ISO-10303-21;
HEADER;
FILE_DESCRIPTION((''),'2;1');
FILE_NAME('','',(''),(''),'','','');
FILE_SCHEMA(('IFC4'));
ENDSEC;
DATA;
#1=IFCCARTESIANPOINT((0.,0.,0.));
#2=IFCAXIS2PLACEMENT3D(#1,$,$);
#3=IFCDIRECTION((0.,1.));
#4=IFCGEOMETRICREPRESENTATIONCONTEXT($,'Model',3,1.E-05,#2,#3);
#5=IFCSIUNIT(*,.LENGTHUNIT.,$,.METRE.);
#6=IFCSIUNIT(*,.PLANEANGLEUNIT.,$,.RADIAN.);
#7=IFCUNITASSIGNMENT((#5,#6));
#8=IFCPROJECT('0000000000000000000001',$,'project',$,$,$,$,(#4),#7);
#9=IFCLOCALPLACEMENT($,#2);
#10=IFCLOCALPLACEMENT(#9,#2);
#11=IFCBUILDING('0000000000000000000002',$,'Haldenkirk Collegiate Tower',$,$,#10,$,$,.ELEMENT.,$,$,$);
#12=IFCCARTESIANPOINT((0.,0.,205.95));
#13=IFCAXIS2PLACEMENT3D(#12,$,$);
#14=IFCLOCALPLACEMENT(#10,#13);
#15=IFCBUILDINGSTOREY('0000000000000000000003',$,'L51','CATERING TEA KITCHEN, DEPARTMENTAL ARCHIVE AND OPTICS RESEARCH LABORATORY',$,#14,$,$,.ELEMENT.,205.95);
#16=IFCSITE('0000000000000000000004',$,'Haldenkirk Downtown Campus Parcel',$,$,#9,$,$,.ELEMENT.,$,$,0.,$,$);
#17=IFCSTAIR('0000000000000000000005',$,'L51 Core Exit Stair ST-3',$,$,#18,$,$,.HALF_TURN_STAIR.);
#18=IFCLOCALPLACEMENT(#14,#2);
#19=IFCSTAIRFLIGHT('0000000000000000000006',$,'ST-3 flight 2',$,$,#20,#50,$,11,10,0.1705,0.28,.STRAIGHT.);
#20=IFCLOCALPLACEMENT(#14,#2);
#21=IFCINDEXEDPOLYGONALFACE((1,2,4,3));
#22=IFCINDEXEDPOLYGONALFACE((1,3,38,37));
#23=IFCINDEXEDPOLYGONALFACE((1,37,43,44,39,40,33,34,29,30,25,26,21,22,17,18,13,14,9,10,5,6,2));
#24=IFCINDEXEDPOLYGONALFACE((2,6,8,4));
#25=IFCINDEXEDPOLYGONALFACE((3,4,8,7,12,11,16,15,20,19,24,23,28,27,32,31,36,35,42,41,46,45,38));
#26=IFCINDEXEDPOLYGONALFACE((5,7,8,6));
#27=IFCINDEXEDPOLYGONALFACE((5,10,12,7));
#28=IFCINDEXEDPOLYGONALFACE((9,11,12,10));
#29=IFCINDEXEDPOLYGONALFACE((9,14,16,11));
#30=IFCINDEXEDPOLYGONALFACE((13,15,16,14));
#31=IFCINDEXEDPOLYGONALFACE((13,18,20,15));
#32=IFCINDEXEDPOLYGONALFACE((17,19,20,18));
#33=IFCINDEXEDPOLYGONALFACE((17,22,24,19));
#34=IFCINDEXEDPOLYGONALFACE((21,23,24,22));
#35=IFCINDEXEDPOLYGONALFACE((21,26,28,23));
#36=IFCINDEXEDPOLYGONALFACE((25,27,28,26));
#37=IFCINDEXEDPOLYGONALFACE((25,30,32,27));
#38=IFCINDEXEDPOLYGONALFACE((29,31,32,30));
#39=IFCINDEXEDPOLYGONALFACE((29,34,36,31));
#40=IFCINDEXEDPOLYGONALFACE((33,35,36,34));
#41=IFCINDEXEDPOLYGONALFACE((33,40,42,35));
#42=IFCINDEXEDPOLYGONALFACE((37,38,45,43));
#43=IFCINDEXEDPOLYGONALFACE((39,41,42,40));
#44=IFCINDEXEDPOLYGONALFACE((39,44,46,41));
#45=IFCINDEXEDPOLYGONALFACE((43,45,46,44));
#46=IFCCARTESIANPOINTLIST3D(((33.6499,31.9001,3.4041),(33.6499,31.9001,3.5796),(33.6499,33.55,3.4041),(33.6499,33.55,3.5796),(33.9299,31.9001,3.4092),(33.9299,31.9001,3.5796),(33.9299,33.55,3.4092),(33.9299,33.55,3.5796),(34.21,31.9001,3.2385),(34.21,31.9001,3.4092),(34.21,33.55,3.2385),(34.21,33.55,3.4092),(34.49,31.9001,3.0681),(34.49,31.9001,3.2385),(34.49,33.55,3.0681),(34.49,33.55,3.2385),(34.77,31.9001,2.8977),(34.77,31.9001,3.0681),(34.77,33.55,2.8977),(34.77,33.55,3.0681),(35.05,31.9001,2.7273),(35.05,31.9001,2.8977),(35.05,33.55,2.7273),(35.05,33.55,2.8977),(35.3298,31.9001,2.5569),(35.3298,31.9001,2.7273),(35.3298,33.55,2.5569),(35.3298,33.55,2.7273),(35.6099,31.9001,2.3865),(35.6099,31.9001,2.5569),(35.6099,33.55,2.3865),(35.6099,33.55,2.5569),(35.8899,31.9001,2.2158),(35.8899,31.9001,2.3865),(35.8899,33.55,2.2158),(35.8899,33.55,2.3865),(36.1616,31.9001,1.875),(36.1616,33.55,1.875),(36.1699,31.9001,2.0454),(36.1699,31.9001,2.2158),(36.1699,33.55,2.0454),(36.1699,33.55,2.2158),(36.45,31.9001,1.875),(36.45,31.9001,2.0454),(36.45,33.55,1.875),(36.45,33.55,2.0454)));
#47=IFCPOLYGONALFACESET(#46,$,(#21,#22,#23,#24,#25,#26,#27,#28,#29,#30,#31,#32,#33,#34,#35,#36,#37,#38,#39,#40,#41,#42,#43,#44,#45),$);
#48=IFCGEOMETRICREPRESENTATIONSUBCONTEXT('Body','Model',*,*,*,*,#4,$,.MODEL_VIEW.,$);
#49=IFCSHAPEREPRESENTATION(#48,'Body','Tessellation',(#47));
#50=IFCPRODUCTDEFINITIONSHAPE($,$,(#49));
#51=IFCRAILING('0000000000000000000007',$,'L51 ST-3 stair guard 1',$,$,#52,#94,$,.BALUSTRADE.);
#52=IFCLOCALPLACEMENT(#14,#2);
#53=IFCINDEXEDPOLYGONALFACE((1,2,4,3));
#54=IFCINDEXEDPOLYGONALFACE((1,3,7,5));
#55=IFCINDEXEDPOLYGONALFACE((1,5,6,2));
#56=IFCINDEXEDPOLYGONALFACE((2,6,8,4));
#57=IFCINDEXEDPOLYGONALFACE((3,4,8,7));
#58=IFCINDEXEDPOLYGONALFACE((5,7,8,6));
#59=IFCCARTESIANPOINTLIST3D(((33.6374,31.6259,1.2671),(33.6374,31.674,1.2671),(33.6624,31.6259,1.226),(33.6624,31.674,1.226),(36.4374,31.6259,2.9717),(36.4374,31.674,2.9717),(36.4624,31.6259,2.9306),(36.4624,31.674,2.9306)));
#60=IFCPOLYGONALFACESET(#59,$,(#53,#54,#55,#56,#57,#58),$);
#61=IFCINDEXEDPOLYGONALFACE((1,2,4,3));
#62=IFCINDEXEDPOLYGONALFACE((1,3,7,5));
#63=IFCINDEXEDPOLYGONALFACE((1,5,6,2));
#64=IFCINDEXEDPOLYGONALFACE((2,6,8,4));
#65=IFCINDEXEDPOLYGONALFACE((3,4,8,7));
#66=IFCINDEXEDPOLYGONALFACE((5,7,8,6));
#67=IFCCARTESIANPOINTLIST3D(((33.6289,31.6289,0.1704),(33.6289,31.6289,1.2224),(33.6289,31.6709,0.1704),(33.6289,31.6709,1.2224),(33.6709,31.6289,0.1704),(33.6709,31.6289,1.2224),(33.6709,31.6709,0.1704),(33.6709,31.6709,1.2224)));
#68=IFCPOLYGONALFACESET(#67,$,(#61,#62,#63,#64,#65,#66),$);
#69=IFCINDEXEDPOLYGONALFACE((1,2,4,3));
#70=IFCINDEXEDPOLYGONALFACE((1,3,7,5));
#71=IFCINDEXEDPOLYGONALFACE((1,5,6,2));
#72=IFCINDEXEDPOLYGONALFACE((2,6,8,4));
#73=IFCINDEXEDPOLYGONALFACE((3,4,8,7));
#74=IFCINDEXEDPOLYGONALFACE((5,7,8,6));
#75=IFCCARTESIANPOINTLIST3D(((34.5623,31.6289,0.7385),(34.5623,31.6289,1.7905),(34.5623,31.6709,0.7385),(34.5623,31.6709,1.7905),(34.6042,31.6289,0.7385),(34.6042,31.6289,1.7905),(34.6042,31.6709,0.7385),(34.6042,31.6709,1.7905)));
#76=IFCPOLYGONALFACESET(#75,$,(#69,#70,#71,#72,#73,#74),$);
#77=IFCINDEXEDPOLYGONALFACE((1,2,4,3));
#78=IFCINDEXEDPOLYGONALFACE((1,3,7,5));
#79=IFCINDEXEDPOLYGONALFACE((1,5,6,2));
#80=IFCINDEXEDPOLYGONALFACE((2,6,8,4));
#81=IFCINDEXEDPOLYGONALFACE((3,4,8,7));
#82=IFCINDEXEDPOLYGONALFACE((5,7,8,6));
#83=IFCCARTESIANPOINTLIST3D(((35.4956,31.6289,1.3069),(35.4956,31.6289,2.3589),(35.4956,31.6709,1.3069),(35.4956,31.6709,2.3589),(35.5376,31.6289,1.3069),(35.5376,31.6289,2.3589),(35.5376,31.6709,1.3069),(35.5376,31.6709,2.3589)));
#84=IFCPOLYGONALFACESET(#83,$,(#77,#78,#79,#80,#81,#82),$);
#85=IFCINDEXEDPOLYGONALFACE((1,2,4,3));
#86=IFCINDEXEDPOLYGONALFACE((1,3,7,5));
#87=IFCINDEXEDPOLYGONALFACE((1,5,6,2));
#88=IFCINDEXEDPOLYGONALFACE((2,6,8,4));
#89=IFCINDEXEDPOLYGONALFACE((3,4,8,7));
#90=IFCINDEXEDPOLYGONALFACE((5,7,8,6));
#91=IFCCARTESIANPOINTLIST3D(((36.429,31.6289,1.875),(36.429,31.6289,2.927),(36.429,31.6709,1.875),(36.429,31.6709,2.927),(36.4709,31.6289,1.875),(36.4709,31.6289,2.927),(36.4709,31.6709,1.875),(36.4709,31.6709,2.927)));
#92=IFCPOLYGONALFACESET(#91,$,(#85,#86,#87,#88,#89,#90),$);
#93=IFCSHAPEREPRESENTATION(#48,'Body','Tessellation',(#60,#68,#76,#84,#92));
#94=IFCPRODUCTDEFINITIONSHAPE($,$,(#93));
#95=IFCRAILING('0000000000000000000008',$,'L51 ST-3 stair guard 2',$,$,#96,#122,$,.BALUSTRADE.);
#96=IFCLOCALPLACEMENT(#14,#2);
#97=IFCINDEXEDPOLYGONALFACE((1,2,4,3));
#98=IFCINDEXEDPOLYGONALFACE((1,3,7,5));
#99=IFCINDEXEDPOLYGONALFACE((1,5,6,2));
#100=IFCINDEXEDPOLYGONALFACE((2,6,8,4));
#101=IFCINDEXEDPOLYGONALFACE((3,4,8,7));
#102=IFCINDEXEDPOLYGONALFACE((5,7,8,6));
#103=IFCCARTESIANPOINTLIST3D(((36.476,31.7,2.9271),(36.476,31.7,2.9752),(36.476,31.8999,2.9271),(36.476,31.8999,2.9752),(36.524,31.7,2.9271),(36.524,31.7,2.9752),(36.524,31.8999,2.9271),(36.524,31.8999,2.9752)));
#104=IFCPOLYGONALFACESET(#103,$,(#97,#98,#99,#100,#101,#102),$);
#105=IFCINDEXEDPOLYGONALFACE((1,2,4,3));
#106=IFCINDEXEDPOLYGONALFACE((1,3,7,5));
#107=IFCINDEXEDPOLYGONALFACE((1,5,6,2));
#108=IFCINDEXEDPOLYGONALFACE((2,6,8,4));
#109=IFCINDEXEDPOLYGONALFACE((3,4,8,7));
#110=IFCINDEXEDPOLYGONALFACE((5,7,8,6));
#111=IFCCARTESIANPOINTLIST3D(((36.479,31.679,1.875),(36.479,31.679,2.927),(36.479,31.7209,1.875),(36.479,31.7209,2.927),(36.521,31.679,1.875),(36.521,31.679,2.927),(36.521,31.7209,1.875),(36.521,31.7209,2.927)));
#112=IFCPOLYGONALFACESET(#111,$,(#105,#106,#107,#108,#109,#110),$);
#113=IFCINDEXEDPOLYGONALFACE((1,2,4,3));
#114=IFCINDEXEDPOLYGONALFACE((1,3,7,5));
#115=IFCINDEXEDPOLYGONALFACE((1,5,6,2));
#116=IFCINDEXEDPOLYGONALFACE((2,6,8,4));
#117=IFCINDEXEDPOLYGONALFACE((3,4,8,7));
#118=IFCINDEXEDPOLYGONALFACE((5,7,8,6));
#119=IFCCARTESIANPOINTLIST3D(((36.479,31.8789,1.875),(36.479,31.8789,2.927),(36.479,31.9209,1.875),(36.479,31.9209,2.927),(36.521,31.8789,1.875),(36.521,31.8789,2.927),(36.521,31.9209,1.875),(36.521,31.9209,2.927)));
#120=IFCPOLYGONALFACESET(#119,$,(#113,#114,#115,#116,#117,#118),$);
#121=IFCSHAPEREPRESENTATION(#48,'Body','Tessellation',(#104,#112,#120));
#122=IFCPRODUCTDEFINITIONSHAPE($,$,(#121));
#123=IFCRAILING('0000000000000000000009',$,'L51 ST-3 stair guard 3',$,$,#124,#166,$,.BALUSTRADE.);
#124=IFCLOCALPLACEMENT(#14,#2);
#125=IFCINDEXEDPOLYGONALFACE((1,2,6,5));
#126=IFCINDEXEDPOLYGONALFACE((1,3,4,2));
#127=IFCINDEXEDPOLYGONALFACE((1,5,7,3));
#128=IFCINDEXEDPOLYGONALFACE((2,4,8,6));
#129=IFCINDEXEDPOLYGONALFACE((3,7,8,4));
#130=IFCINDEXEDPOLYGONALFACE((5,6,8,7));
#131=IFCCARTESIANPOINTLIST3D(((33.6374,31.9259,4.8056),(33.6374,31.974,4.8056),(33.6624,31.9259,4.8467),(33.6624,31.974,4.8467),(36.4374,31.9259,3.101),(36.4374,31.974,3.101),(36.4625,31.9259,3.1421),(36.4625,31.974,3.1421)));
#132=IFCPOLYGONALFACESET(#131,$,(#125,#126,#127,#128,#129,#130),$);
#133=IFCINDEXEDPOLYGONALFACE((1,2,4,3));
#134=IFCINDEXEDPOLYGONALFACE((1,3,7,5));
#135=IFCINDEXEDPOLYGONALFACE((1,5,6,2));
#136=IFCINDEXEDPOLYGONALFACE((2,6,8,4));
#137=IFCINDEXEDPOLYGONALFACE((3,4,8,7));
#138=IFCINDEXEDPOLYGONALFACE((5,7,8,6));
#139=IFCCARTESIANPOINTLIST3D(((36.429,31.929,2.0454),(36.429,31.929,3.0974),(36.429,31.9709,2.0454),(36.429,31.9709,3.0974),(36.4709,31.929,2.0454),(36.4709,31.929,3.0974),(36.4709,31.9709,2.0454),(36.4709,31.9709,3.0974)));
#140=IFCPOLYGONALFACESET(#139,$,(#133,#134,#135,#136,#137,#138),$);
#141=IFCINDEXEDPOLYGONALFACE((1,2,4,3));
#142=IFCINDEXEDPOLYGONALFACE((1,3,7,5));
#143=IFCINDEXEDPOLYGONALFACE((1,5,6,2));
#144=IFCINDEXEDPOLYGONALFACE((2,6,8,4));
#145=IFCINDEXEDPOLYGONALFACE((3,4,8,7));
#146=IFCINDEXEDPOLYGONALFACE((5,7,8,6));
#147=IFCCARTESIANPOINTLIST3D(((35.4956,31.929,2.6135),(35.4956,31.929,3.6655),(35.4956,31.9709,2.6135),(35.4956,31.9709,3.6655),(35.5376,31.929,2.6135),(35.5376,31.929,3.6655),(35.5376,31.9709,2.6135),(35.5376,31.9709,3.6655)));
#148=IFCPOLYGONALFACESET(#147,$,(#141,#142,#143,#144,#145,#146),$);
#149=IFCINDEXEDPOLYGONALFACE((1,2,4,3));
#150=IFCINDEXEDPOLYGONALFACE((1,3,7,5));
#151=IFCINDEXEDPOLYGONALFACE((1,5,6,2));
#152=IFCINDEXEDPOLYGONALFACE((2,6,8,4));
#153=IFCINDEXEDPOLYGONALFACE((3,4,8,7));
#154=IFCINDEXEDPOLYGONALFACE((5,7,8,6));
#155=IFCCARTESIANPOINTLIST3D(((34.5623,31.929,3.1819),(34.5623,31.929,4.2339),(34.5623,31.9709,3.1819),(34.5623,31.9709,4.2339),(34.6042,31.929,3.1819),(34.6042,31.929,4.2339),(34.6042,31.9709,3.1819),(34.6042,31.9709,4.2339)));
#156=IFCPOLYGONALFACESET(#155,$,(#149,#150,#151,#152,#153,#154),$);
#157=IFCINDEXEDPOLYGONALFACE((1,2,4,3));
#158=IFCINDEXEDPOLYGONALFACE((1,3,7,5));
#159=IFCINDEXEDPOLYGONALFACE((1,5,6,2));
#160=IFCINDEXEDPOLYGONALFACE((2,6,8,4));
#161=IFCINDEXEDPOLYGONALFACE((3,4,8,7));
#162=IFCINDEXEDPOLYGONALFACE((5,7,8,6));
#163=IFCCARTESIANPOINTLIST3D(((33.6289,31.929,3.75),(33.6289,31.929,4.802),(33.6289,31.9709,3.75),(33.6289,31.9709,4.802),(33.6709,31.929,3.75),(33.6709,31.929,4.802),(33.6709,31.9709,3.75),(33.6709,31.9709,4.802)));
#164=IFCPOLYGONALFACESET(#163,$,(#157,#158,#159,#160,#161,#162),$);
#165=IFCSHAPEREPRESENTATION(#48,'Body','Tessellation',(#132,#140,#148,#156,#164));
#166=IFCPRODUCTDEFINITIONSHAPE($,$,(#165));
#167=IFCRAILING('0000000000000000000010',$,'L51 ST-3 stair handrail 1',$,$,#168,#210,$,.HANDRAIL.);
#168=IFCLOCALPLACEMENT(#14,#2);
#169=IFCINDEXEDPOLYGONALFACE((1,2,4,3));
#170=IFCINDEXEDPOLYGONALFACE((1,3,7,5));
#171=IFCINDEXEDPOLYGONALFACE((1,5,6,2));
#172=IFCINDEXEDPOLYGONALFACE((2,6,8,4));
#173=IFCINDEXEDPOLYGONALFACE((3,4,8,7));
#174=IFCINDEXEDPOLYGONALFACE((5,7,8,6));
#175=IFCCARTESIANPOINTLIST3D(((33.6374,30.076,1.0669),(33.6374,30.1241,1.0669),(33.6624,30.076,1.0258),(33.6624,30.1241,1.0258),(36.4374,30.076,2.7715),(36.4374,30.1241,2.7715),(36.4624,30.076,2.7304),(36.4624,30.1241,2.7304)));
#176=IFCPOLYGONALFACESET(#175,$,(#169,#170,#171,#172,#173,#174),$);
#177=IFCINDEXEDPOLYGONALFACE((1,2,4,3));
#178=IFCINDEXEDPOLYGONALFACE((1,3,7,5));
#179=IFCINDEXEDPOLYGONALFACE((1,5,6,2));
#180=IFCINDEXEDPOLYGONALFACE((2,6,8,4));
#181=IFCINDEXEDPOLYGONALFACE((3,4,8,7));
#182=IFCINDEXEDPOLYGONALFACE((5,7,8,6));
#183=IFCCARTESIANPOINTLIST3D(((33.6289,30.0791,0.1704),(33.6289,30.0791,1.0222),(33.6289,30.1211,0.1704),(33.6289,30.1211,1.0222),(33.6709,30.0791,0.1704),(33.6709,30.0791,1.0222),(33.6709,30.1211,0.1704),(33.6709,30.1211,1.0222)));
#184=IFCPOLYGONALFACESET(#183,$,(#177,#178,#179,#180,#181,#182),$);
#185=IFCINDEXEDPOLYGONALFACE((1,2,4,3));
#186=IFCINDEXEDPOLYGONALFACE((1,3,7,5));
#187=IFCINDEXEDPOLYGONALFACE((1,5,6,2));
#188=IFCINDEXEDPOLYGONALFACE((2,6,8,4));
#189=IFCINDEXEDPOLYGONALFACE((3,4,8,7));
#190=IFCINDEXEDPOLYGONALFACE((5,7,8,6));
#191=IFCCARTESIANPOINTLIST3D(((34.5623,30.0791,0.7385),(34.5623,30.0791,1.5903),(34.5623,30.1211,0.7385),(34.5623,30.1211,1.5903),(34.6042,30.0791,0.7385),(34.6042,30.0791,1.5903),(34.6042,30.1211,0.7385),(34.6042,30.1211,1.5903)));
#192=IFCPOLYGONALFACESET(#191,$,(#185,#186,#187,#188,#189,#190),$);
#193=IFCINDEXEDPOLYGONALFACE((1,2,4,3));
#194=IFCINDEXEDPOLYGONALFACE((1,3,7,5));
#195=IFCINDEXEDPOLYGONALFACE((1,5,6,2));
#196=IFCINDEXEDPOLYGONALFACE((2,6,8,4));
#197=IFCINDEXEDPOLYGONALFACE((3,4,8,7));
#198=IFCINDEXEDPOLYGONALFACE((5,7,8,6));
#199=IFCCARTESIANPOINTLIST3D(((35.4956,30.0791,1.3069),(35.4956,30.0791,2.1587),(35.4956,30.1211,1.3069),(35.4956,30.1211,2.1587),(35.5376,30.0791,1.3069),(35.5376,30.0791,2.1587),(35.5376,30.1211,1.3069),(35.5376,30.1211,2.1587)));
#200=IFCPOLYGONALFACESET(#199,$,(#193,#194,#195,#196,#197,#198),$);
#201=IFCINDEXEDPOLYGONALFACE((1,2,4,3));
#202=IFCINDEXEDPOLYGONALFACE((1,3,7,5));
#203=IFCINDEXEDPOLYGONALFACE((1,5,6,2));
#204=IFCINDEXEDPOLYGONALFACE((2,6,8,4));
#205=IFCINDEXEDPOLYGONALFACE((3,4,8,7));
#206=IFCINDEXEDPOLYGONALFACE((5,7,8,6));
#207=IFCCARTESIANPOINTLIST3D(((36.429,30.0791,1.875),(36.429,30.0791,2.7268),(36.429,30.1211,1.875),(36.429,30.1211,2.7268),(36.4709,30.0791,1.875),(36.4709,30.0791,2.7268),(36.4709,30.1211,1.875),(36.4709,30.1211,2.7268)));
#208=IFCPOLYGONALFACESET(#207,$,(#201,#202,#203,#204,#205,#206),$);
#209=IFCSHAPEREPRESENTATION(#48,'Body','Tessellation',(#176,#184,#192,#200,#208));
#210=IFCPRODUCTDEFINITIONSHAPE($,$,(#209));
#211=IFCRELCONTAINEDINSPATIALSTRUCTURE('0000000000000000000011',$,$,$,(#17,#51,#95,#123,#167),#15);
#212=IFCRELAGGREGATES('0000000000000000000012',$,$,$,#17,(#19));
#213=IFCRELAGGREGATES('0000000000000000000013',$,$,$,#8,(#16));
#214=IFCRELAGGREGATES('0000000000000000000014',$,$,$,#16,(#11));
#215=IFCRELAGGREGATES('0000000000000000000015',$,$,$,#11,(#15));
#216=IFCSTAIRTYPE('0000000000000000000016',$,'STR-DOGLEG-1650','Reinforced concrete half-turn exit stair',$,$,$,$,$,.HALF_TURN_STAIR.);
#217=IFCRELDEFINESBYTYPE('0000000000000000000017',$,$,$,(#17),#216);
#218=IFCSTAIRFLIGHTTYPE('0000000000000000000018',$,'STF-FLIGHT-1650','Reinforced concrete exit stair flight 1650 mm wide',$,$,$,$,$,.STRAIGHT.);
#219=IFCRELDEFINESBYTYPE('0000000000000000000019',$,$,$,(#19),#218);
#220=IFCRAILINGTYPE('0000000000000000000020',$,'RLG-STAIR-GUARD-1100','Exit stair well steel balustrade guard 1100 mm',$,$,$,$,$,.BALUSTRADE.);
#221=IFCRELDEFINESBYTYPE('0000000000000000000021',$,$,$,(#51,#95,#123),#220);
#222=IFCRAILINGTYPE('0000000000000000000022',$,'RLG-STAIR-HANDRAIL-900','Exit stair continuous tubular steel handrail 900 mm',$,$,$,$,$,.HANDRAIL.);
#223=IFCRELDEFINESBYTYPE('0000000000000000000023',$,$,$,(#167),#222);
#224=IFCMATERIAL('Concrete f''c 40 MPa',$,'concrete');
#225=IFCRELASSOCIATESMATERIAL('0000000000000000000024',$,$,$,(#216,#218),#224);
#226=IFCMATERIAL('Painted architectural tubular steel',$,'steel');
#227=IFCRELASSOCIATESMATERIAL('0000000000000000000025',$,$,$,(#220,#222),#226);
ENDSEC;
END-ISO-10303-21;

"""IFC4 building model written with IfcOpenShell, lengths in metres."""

from ifc_helpers import new_model, si_unit, direction, frame, origin, origin_2d, place, context, subcontext, project, spatial, polyline, rectangle, outline, extrude, material, type_object, element, aggregate, save


model = new_model("IFC4")

# Units and contexts
model_context = context("Model", 3, precision=1e-05, world=origin(), true_north=direction((0.0, 1.0)))
body_context = subcontext(model_context, "Body", "Model", "MODEL_VIEW")
ifc_project = project(units=[si_unit("LENGTHUNIT", "METRE"), si_unit("PLANEANGLEUNIT", "RADIAN")], contexts=[model_context])

# Site, building, storey
site_placement = place(None, origin())
site = spatial("IfcSite", under=ifc_project, at=site_placement, Name="Haldenkirk Downtown Campus Parcel", CompositionType="ELEMENT", RefElevation=0.0)
building_placement = place(site_placement, origin())
building = spatial("IfcBuilding", under=site, at=building_placement, Name="Haldenkirk Collegiate Tower", CompositionType="ELEMENT")
storey_placement = place(building_placement, frame((0.0, 0.0, 205.95)))
storey = spatial("IfcBuildingStorey", under=building, at=storey_placement, Name="L51", Description="CATERING TEA KITCHEN, DEPARTMENTAL ARCHIVE AND OPTICS RESEARCH LABORATORY", CompositionType="ELEMENT", Elevation=205.95)

# Stair, stair flight
ifc_material_1 = material(Name="Concrete f'c 40 MPa", Category="concrete")
stair_type = type_object("IfcStairType", Name="STR-DOGLEG-1650", Description="Reinforced concrete half-turn exit stair", PredefinedType="HALF_TURN_STAIR", material=ifc_material_1)
stair_placement = place(storey_placement, origin())
stair = element("IfcStair", 1, at=stair_placement, inside=storey, type_object=stair_type, Name="L51 Core Exit Stair ST-3", PredefinedType="HALF_TURN_STAIR")
stair_flight_type = type_object("IfcStairFlightType", Name="STF-FLIGHT-1650", Description="Reinforced concrete exit stair flight 1650 mm wide", PredefinedType="STRAIGHT", material=ifc_material_1)
stair_flight_1_placement = place(storey_placement, frame((36.45, 32.7251, 1.875), z_axis=(0.0, 0.0, 1.0), x_axis=(-1.0, 0.0, 0.0)))
stair_flight_1 = element("IfcStairFlight", 2, at=stair_flight_1_placement, type_object=stair_flight_type, Name="ST-3 flight 2", NumberOfRisers=11, NumberOfTreads=10, PredefinedType="STRAIGHT", RiserHeight=0.1705, TreadLength=0.28, context=body_context, shape_type="SweptSolid", body=[
    extrude(outline(polyline([(0.0, 0.0), (0.0, 0.1704), (0.28, 0.1704), (0.28, 0.3408), (0.5601, 0.3408), (0.5601, 0.5115), (0.8401, 0.5115), (0.8401, 0.6819), (1.1201, 0.6819), (1.1201, 0.8523), (1.3999, 0.8523), (1.3999, 1.0227), (1.6799, 1.0227), (1.6799, 1.1931), (1.96, 1.1931), (1.96, 1.3635), (2.24, 1.3635), (2.24, 1.5342), (2.52, 1.5342), (2.52, 1.7046), (2.8, 1.7046), (2.8, 1.875), (2.8, 1.5291), (0.2883, 0.0), (0.0, 0.0)])), frame((0.0, 0.825, 0.0), z_axis=(0.0, -1.0, 0.0), x_axis=(1.0, 0.0, 0.0)), (0.0, 0.0, 1.0), 1.6499),
])
aggregate(stair, [stair_flight_1])

# Railings
ifc_material_2 = material(Name="Painted architectural tubular steel", Category="steel")
railing_type_1 = type_object("IfcRailingType", Name="RLG-STAIR-GUARD-1100", Description="Exit stair well steel balustrade guard 1100 mm", PredefinedType="BALUSTRADE", material=ifc_material_2)
railing_1_placement = place(storey_placement, frame((33.6499, 31.6499, 0.1704)))
element("IfcRailing", 3, at=railing_1_placement, inside=storey, type_object=railing_type_1, Name="L51 ST-3 stair guard 1", PredefinedType="BALUSTRADE", context=body_context, shape_type="SweptSolid", body=[
    extrude(rectangle(XDim=0.0481, YDim=0.0481, at=origin_2d()), frame((0.0, 0.0, 1.0762), z_axis=(0.85417, 0.0, 0.519994), x_axis=(0.0, 1.0, 0.0)), (0.0, 0.0, 1.0), 3.2781),
    extrude(rectangle(XDim=0.042, YDim=0.042, at=origin_2d()), origin(), (0.0, 0.0, 1.0), 1.052),
    extrude(rectangle(XDim=0.042, YDim=0.042, at=origin_2d()), frame((0.9333, 0.0, 0.5681)), (0.0, 0.0, 1.0), 1.052),
    extrude(rectangle(XDim=0.042, YDim=0.042, at=origin_2d()), frame((1.8667, 0.0, 1.1365)), (0.0, 0.0, 1.0), 1.052),
    extrude(rectangle(XDim=0.042, YDim=0.042, at=origin_2d()), frame((2.8, 0.0, 1.7046)), (0.0, 0.0, 1.0), 1.052),
])
railing_2_placement = place(storey_placement, frame((36.5, 31.7, 1.875)))
element("IfcRailing", 4, at=railing_2_placement, inside=storey, type_object=railing_type_1, Name="L51 ST-3 stair guard 2", PredefinedType="BALUSTRADE", context=body_context, shape_type="SweptSolid", body=[
    extrude(rectangle(XDim=0.0481, YDim=0.0481, at=origin_2d()), frame((0.0, 0.0, 1.0762), z_axis=(0.0, 1.0, 0.0), x_axis=(-1.0, 0.0, 0.0)), (0.0, 0.0, 1.0), 0.2),
    extrude(rectangle(XDim=0.042, YDim=0.042, at=origin_2d()), origin(), (0.0, 0.0, 1.0), 1.052),
    extrude(rectangle(XDim=0.042, YDim=0.042, at=origin_2d()), frame((0.0, 0.2, 0.0)), (0.0, 0.0, 1.0), 1.052),
])
railing_3_placement = place(storey_placement, frame((36.45, 31.95, 2.0454)))
element("IfcRailing", 5, at=railing_3_placement, inside=storey, type_object=railing_type_1, Name="L51 ST-3 stair guard 3", PredefinedType="BALUSTRADE", context=body_context, shape_type="SweptSolid", body=[
    extrude(rectangle(XDim=0.0481, YDim=0.0481, at=origin_2d()), frame((0.0, 0.0, 1.0762), z_axis=(-0.85417, 0.0, 0.519994), x_axis=(0.0, -1.0, 0.0)), (0.0, 0.0, 1.0), 3.2781),
    extrude(rectangle(XDim=0.042, YDim=0.042, at=origin_2d()), origin(), (0.0, 0.0, 1.0), 1.052),
    extrude(rectangle(XDim=0.042, YDim=0.042, at=origin_2d()), frame((-0.9333, 0.0, 0.5681)), (0.0, 0.0, 1.0), 1.052),
    extrude(rectangle(XDim=0.042, YDim=0.042, at=origin_2d()), frame((-1.8667, 0.0, 1.1365)), (0.0, 0.0, 1.0), 1.052),
    extrude(rectangle(XDim=0.042, YDim=0.042, at=origin_2d()), frame((-2.8, 0.0, 1.7046)), (0.0, 0.0, 1.0), 1.052),
])
railing_type_2 = type_object("IfcRailingType", Name="RLG-STAIR-HANDRAIL-900", Description="Exit stair continuous tubular steel handrail 900 mm", PredefinedType="HANDRAIL", material=ifc_material_2)
railing_4_placement = place(storey_placement, frame((33.6499, 30.1001, 0.1704)))
element("IfcRailing", 6, at=railing_4_placement, inside=storey, type_object=railing_type_2, Name="L51 ST-3 stair handrail 1", PredefinedType="HANDRAIL", context=body_context, shape_type="SweptSolid", body=[
    extrude(rectangle(XDim=0.0481, YDim=0.0481, at=origin_2d()), frame((0.0, 0.0, 0.876), z_axis=(0.85417, 0.0, 0.519994), x_axis=(0.0, 1.0, 0.0)), (0.0, 0.0, 1.0), 3.2781),
    extrude(rectangle(XDim=0.042, YDim=0.042, at=origin_2d()), origin(), (0.0, 0.0, 1.0), 0.8518),
    extrude(rectangle(XDim=0.042, YDim=0.042, at=origin_2d()), frame((0.9333, 0.0, 0.5681)), (0.0, 0.0, 1.0), 0.8518),
    extrude(rectangle(XDim=0.042, YDim=0.042, at=origin_2d()), frame((1.8667, 0.0, 1.1365)), (0.0, 0.0, 1.0), 0.8518),
    extrude(rectangle(XDim=0.042, YDim=0.042, at=origin_2d()), frame((2.8, 0.0, 1.7046)), (0.0, 0.0, 1.0), 0.8518),
])

save(model, "model.ifc")
